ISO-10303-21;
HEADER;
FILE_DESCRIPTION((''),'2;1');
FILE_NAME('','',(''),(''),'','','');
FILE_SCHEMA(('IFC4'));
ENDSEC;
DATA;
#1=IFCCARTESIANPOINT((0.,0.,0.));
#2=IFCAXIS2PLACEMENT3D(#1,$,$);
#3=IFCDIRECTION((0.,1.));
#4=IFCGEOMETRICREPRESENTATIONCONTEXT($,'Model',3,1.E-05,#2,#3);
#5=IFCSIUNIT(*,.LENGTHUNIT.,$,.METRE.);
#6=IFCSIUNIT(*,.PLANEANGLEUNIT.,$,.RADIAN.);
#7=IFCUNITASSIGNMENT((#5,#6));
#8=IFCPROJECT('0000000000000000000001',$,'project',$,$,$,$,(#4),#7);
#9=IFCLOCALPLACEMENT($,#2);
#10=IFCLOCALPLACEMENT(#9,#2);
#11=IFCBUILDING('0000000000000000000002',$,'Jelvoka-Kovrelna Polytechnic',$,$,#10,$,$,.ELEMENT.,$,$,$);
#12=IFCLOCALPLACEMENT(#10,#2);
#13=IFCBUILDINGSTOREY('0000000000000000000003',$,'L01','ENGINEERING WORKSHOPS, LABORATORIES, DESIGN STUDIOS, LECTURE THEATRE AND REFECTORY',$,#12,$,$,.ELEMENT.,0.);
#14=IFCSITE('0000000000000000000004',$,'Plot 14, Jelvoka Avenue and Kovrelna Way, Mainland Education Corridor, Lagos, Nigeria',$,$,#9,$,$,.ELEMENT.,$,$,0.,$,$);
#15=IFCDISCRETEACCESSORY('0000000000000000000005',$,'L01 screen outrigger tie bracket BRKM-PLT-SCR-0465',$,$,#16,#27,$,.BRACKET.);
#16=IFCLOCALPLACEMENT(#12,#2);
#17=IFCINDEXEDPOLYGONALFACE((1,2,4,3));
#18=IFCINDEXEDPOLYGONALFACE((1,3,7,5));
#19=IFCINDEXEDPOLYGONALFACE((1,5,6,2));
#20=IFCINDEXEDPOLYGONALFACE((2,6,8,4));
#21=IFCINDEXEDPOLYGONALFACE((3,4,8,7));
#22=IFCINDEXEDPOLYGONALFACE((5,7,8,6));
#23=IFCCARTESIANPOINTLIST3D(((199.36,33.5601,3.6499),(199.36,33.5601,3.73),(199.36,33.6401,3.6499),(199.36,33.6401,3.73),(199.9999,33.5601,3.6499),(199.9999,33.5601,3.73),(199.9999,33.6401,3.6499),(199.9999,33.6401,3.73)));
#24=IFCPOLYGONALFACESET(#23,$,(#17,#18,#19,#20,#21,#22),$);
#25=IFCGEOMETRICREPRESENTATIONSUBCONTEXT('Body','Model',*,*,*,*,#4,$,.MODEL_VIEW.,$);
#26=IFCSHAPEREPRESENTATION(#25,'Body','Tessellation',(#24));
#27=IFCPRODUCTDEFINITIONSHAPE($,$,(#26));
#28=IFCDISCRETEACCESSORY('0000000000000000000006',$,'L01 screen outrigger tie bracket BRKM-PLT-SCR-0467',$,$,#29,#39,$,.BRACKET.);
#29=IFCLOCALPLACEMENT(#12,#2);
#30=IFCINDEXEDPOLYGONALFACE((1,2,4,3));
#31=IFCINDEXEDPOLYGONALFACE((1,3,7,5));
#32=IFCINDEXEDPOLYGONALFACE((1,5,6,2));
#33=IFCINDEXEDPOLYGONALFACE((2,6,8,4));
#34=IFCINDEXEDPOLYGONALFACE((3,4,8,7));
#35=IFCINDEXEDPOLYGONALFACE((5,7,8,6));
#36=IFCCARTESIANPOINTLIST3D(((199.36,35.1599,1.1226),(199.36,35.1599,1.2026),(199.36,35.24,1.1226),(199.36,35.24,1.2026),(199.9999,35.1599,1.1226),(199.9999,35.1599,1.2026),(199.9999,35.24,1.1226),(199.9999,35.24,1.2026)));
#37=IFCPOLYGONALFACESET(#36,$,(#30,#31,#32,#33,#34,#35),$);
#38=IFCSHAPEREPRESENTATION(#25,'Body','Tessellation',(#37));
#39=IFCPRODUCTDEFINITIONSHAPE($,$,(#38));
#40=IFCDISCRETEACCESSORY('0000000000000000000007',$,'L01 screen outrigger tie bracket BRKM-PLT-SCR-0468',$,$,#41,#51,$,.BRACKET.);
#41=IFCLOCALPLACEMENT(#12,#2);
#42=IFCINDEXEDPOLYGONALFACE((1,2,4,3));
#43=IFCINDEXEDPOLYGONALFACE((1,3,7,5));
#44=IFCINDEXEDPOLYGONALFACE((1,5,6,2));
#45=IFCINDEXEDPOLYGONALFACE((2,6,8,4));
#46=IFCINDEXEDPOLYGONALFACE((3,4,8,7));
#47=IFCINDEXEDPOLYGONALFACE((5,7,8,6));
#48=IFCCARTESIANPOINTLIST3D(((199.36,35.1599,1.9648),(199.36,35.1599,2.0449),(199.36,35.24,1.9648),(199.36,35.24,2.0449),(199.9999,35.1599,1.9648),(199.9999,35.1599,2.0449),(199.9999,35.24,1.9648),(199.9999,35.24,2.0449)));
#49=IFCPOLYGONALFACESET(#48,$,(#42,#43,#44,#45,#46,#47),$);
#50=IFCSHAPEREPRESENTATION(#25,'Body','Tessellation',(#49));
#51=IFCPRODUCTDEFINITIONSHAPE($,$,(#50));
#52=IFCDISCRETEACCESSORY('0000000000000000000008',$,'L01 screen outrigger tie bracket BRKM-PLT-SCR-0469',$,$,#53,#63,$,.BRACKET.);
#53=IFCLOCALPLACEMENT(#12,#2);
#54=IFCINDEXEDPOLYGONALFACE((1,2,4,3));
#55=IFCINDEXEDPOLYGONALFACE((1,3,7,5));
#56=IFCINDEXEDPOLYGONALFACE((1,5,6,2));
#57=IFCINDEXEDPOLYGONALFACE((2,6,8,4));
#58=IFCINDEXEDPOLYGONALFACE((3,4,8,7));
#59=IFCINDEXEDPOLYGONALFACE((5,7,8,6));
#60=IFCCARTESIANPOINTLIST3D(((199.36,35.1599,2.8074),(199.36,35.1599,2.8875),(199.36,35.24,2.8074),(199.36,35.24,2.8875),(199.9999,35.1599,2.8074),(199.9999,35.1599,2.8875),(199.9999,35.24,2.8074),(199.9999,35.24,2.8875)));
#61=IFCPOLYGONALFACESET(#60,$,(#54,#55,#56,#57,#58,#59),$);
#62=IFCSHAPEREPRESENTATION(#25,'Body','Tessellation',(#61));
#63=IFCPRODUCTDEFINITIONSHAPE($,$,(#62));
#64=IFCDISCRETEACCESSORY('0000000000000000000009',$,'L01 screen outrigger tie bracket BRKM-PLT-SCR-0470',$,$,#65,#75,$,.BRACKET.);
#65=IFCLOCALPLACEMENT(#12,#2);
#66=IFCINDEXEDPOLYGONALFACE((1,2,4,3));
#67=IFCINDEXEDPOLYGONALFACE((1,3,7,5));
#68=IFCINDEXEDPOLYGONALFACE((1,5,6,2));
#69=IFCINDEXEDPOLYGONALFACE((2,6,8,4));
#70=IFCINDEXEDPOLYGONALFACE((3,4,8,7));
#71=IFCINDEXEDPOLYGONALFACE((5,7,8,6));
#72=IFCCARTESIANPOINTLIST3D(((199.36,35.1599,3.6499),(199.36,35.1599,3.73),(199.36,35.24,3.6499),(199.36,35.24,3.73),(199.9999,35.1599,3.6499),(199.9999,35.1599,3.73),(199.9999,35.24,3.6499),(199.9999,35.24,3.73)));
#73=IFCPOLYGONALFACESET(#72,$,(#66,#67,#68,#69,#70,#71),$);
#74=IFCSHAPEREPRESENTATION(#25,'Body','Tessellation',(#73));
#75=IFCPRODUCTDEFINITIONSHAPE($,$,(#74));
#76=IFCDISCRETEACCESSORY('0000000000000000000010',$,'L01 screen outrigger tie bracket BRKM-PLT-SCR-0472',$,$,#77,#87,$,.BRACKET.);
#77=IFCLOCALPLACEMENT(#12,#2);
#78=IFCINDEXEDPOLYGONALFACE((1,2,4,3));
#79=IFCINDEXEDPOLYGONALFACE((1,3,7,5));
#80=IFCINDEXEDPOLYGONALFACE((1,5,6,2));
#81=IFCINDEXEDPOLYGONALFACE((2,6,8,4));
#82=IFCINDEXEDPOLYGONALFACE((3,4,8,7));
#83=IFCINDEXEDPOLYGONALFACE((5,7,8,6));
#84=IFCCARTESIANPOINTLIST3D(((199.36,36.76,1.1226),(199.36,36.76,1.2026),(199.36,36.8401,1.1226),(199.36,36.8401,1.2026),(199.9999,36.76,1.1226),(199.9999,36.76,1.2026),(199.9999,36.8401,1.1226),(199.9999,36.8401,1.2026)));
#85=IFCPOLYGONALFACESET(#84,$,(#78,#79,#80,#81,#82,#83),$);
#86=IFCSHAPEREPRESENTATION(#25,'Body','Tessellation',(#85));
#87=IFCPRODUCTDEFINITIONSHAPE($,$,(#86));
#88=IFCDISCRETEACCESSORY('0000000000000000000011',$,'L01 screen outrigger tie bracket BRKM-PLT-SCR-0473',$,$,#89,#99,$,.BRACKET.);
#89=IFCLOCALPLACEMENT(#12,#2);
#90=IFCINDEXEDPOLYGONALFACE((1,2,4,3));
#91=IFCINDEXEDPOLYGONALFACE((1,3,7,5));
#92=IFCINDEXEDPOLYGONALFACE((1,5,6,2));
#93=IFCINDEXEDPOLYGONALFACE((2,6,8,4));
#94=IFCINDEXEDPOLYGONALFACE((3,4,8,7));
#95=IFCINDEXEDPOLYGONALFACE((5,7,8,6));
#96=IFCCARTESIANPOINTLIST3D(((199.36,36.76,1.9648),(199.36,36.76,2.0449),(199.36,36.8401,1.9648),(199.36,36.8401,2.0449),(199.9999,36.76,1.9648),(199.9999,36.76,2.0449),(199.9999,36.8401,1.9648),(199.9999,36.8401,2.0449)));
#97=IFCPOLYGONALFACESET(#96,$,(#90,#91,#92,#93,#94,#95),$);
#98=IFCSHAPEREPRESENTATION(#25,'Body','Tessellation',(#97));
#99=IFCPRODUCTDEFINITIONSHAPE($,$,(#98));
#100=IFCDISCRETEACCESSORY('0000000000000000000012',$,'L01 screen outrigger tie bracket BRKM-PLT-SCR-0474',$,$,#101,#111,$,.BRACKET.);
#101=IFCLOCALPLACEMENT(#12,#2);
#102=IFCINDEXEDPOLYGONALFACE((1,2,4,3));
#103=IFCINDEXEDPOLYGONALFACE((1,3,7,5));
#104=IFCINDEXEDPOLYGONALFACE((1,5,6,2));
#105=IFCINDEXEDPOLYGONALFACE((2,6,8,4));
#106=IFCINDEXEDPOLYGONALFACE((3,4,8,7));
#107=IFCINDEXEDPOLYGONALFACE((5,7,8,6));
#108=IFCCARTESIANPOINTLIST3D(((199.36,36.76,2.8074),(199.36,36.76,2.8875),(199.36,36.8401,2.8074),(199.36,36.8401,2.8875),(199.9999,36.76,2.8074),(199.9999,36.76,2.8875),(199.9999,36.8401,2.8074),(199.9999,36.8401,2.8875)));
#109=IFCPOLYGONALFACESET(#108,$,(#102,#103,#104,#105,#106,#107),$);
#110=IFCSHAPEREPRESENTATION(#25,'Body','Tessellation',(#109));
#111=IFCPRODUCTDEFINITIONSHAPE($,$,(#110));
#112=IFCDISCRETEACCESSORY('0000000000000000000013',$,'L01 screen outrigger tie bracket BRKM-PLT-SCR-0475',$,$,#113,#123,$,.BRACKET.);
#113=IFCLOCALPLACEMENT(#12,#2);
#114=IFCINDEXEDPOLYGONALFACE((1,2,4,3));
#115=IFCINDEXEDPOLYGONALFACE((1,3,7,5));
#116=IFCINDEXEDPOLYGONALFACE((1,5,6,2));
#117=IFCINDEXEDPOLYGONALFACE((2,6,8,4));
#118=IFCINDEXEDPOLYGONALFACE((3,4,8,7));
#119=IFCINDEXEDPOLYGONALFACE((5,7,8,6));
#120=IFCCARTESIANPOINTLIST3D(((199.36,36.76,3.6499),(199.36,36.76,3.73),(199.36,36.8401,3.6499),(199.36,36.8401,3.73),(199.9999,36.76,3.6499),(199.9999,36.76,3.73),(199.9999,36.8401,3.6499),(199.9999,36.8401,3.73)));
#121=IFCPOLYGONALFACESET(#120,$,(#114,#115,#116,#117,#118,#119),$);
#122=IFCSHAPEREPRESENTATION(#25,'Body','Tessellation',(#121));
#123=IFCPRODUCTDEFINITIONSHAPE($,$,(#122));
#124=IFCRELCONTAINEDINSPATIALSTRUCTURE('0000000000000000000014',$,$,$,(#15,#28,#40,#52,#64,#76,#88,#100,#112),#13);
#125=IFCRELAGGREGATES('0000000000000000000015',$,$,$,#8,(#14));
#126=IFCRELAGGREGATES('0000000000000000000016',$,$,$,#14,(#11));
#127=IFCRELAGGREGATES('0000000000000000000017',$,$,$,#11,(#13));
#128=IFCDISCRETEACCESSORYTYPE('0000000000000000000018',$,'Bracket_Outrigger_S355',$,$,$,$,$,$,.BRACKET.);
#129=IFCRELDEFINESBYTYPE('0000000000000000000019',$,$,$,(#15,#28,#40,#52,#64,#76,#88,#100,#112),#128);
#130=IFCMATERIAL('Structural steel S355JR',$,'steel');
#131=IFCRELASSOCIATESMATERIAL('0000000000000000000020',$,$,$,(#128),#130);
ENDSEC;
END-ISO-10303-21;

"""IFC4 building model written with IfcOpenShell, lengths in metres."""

from ifc_helpers import new_model, si_unit, direction, frame, origin, origin_2d, place, context, subcontext, project, spatial, rectangle, extrude, material, type_object, element, save


model = new_model("IFC4")

# Units and contexts
model_context = context("Model", 3, precision=1e-05, world=origin(), true_north=direction((0.0, 1.0)))
body_context = subcontext(model_context, "Body", "Model", "MODEL_VIEW")
ifc_project = project(units=[si_unit("LENGTHUNIT", "METRE"), si_unit("PLANEANGLEUNIT", "RADIAN")], contexts=[model_context])

# Site, building, storey
site_placement = place(None, origin())
site = spatial("IfcSite", under=ifc_project, at=site_placement, Name="Plot 14, Jelvoka Avenue and Kovrelna Way, Mainland Education Corridor, Lagos, Nigeria", CompositionType="ELEMENT", RefElevation=0.0)
building_placement = place(site_placement, origin())
building = spatial("IfcBuilding", under=site, at=building_placement, Name="Jelvoka-Kovrelna Polytechnic", CompositionType="ELEMENT")
storey_placement = place(building_placement, origin())
storey = spatial("IfcBuildingStorey", under=building, at=storey_placement, Name="L01", Description="ENGINEERING WORKSHOPS, LABORATORIES, DESIGN STUDIOS, LECTURE THEATRE AND REFECTORY", CompositionType="ELEMENT", Elevation=0.0)

# Discrete accessories
ifc_material_1 = material(Name="Structural steel S355JR", Category="steel")
discrete_accessory_type = type_object("IfcDiscreteAccessoryType", Name="Bracket_Outrigger_S355", PredefinedType="BRACKET", material=ifc_material_1)
for number, where, z_axis, x_axis, name in (
    (1, (199.6799, 33.6001, 3.6499), (0.0, 0.0, 1.0), (1.0, 0.0, 0.0), "L01 screen outrigger tie bracket BRKM-PLT-SCR-0465"),
    (2, (199.6799, 35.2, 1.1226), (0.0, 0.0, 1.0), (1.0, 0.0, 0.0), "L01 screen outrigger tie bracket BRKM-PLT-SCR-0467"),
    (3, (199.6799, 35.2, 1.9648), (0.0, 0.0, 1.0), (1.0, 0.0, 0.0), "L01 screen outrigger tie bracket BRKM-PLT-SCR-0468"),
    (4, (199.6799, 35.2, 2.8074), (0.0, 0.0, 1.0), (1.0, 0.0, 0.0), "L01 screen outrigger tie bracket BRKM-PLT-SCR-0469"),
    (5, (199.6799, 35.2, 3.6499), (0.0, 0.0, 1.0), (1.0, 0.0, 0.0), "L01 screen outrigger tie bracket BRKM-PLT-SCR-0470"),
    (6, (199.6799, 36.8, 1.1226), (0.0, 0.0, 1.0), (1.0, 0.0, 0.0), "L01 screen outrigger tie bracket BRKM-PLT-SCR-0472"),
    (7, (199.6799, 36.8, 1.9648), (0.0, 0.0, 1.0), (1.0, 0.0, 0.0), "L01 screen outrigger tie bracket BRKM-PLT-SCR-0473"),
    (8, (199.6799, 36.8, 2.8074), (0.0, 0.0, 1.0), (1.0, 0.0, 0.0), "L01 screen outrigger tie bracket BRKM-PLT-SCR-0474"),
    (9, (199.6799, 36.8, 3.6499), (0.0, 0.0, 1.0), (1.0, 0.0, 0.0), "L01 screen outrigger tie bracket BRKM-PLT-SCR-0475"),
):
    element("IfcDiscreteAccessory", number, at=place(storey_placement, frame(where, z_axis=z_axis, x_axis=x_axis)), inside=storey, type_object=discrete_accessory_type, Name=name, PredefinedType="BRACKET", context=body_context, shape_type="SweptSolid", body=[
        extrude(rectangle(XDim=0.6399, YDim=0.0801, at=origin_2d()), origin(), (0.0, 0.0, 1.0), 0.0801),
    ])

save(model, "model.ifc")
